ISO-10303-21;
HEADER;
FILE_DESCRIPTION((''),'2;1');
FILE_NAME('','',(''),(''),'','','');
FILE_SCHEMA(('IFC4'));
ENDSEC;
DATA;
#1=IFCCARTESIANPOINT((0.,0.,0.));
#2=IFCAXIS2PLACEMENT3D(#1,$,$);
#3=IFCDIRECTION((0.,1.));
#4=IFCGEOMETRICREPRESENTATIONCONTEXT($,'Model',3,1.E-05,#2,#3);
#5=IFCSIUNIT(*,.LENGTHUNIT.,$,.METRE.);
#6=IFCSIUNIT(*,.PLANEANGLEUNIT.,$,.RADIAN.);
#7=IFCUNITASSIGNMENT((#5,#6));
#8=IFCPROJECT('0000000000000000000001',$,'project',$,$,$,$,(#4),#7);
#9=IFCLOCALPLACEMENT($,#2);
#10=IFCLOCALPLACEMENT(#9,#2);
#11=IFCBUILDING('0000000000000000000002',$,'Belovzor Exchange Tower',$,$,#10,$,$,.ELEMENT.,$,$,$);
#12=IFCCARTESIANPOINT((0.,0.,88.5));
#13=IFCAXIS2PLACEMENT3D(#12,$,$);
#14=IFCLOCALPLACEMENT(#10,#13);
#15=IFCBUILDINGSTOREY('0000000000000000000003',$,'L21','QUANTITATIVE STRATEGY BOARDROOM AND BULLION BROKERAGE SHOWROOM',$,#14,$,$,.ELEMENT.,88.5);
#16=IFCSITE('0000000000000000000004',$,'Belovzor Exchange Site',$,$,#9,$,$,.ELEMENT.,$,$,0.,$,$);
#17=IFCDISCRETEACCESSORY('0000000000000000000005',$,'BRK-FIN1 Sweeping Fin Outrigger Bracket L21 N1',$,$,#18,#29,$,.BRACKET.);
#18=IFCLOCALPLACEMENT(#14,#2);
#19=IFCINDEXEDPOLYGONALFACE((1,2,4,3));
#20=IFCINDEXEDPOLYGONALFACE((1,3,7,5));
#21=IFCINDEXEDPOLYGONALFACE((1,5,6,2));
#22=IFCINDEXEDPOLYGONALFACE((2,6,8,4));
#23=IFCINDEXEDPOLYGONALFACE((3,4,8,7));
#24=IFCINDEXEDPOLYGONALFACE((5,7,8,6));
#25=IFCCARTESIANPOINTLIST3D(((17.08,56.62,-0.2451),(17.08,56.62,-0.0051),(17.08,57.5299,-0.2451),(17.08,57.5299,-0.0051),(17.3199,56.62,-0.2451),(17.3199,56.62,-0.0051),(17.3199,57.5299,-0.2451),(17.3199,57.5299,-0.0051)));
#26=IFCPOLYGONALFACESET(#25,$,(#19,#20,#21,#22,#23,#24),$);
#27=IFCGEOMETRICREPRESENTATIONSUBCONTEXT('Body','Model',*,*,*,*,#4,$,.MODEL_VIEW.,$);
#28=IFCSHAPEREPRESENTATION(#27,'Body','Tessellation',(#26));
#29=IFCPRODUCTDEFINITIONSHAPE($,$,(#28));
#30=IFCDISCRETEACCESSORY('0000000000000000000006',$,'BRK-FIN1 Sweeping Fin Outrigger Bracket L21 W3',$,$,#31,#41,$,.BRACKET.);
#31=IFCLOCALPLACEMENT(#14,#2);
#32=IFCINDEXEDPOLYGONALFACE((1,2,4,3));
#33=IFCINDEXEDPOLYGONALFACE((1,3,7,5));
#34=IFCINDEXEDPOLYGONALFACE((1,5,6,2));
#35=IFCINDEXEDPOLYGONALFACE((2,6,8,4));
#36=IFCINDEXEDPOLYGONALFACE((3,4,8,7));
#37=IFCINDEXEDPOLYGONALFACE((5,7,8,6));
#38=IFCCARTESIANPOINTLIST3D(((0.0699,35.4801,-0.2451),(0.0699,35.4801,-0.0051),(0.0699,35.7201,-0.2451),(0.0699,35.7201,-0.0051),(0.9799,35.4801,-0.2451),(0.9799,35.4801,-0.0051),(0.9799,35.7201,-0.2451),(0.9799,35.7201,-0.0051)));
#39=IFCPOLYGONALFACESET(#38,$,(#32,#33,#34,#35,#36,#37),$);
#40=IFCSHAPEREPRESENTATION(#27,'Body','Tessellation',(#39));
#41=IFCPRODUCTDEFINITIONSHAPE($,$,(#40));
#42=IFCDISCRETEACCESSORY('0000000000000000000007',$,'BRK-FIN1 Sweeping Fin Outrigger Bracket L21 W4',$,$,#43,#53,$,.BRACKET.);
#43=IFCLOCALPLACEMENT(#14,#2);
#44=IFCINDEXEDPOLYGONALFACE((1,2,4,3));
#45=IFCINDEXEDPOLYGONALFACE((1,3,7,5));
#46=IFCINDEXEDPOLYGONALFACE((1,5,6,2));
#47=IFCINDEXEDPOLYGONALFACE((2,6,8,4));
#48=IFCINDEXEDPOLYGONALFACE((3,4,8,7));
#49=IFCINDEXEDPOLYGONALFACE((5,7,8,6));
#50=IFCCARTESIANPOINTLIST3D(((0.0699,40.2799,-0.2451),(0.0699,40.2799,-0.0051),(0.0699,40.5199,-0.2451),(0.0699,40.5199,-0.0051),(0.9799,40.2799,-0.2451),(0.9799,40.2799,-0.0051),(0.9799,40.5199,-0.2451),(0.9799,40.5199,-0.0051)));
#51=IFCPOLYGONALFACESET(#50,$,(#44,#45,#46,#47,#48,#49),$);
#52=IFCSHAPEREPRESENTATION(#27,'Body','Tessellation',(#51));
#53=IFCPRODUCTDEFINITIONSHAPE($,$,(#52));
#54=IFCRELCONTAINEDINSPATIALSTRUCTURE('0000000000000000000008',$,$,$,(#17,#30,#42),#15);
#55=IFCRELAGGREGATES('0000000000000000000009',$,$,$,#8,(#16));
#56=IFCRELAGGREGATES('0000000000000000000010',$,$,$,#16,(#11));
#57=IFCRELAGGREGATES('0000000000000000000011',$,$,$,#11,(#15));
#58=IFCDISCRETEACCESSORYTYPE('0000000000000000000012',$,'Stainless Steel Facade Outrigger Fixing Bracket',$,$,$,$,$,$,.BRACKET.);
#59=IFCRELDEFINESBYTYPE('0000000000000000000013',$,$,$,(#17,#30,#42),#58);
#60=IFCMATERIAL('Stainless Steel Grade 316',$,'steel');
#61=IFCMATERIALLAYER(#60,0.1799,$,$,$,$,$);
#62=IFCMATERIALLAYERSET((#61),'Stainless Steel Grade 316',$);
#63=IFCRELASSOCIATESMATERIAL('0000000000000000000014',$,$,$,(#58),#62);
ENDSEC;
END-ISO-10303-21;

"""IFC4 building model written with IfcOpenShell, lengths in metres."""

from ifc_helpers import new_model, si_unit, direction, frame, origin, origin_2d, place, context, subcontext, project, spatial, rectangle, extrude, material, layer, layer_set, type_object, element, save


model = new_model("IFC4")

# Units and contexts
model_context = context("Model", 3, precision=1e-05, world=origin(), true_north=direction((0.0, 1.0)))
body_context = subcontext(model_context, "Body", "Model", "MODEL_VIEW")
ifc_project = project(units=[si_unit("LENGTHUNIT", "METRE"), si_unit("PLANEANGLEUNIT", "RADIAN")], contexts=[model_context])

# Site, building, storey
site_placement = place(None, origin())
site = spatial("IfcSite", under=ifc_project, at=site_placement, Name="Belovzor Exchange Site", CompositionType="ELEMENT", RefElevation=0.0)
building_placement = place(site_placement, origin())
building = spatial("IfcBuilding", under=site, at=building_placement, Name="Belovzor Exchange Tower", CompositionType="ELEMENT")
storey_placement = place(building_placement, frame((0.0, 0.0, 88.5)))
storey = spatial("IfcBuildingStorey", under=building, at=storey_placement, Name="L21", Description="QUANTITATIVE STRATEGY BOARDROOM AND BULLION BROKERAGE SHOWROOM", CompositionType="ELEMENT", Elevation=88.5)

# Discrete accessories
ifc_material_1 = material(Name="Stainless Steel Grade 316", Category="steel")
ifc_layer_1 = layer(ifc_material_1, 0.1799)
ifc_layer_set_1 = layer_set([ifc_layer_1], Name="Stainless Steel Grade 316")
discrete_accessory_type = type_object("IfcDiscreteAccessoryType", Name="Stainless Steel Facade Outrigger Fixing Bracket", PredefinedType="BRACKET", material=ifc_layer_set_1)
for number, where, z_axis, x_axis, name in (
    (1, (17.2, 57.075, -0.2451), (0.0, 0.0, 1.0), (0.0, 1.0, 0.0), "BRK-FIN1 Sweeping Fin Outrigger Bracket L21 N1"),
    (2, (0.5249, 35.6001, -0.2451), (0.0, 0.0, 1.0), (1.0, 0.0, 0.0), "BRK-FIN1 Sweeping Fin Outrigger Bracket L21 W3"),
    (3, (0.5249, 40.3999, -0.2451), (0.0, 0.0, 1.0), (1.0, 0.0, 0.0), "BRK-FIN1 Sweeping Fin Outrigger Bracket L21 W4"),
):
    element("IfcDiscreteAccessory", number, at=place(storey_placement, frame(where, z_axis=z_axis, x_axis=x_axis)), inside=storey, type_object=discrete_accessory_type, Name=name, PredefinedType="BRACKET", context=body_context, shape_type="SweptSolid", body=[
        extrude(rectangle(XDim=0.9099, YDim=0.24, at=origin_2d()), origin(), (0.0, 0.0, 1.0), 0.24),
    ])

save(model, "model.ifc")
